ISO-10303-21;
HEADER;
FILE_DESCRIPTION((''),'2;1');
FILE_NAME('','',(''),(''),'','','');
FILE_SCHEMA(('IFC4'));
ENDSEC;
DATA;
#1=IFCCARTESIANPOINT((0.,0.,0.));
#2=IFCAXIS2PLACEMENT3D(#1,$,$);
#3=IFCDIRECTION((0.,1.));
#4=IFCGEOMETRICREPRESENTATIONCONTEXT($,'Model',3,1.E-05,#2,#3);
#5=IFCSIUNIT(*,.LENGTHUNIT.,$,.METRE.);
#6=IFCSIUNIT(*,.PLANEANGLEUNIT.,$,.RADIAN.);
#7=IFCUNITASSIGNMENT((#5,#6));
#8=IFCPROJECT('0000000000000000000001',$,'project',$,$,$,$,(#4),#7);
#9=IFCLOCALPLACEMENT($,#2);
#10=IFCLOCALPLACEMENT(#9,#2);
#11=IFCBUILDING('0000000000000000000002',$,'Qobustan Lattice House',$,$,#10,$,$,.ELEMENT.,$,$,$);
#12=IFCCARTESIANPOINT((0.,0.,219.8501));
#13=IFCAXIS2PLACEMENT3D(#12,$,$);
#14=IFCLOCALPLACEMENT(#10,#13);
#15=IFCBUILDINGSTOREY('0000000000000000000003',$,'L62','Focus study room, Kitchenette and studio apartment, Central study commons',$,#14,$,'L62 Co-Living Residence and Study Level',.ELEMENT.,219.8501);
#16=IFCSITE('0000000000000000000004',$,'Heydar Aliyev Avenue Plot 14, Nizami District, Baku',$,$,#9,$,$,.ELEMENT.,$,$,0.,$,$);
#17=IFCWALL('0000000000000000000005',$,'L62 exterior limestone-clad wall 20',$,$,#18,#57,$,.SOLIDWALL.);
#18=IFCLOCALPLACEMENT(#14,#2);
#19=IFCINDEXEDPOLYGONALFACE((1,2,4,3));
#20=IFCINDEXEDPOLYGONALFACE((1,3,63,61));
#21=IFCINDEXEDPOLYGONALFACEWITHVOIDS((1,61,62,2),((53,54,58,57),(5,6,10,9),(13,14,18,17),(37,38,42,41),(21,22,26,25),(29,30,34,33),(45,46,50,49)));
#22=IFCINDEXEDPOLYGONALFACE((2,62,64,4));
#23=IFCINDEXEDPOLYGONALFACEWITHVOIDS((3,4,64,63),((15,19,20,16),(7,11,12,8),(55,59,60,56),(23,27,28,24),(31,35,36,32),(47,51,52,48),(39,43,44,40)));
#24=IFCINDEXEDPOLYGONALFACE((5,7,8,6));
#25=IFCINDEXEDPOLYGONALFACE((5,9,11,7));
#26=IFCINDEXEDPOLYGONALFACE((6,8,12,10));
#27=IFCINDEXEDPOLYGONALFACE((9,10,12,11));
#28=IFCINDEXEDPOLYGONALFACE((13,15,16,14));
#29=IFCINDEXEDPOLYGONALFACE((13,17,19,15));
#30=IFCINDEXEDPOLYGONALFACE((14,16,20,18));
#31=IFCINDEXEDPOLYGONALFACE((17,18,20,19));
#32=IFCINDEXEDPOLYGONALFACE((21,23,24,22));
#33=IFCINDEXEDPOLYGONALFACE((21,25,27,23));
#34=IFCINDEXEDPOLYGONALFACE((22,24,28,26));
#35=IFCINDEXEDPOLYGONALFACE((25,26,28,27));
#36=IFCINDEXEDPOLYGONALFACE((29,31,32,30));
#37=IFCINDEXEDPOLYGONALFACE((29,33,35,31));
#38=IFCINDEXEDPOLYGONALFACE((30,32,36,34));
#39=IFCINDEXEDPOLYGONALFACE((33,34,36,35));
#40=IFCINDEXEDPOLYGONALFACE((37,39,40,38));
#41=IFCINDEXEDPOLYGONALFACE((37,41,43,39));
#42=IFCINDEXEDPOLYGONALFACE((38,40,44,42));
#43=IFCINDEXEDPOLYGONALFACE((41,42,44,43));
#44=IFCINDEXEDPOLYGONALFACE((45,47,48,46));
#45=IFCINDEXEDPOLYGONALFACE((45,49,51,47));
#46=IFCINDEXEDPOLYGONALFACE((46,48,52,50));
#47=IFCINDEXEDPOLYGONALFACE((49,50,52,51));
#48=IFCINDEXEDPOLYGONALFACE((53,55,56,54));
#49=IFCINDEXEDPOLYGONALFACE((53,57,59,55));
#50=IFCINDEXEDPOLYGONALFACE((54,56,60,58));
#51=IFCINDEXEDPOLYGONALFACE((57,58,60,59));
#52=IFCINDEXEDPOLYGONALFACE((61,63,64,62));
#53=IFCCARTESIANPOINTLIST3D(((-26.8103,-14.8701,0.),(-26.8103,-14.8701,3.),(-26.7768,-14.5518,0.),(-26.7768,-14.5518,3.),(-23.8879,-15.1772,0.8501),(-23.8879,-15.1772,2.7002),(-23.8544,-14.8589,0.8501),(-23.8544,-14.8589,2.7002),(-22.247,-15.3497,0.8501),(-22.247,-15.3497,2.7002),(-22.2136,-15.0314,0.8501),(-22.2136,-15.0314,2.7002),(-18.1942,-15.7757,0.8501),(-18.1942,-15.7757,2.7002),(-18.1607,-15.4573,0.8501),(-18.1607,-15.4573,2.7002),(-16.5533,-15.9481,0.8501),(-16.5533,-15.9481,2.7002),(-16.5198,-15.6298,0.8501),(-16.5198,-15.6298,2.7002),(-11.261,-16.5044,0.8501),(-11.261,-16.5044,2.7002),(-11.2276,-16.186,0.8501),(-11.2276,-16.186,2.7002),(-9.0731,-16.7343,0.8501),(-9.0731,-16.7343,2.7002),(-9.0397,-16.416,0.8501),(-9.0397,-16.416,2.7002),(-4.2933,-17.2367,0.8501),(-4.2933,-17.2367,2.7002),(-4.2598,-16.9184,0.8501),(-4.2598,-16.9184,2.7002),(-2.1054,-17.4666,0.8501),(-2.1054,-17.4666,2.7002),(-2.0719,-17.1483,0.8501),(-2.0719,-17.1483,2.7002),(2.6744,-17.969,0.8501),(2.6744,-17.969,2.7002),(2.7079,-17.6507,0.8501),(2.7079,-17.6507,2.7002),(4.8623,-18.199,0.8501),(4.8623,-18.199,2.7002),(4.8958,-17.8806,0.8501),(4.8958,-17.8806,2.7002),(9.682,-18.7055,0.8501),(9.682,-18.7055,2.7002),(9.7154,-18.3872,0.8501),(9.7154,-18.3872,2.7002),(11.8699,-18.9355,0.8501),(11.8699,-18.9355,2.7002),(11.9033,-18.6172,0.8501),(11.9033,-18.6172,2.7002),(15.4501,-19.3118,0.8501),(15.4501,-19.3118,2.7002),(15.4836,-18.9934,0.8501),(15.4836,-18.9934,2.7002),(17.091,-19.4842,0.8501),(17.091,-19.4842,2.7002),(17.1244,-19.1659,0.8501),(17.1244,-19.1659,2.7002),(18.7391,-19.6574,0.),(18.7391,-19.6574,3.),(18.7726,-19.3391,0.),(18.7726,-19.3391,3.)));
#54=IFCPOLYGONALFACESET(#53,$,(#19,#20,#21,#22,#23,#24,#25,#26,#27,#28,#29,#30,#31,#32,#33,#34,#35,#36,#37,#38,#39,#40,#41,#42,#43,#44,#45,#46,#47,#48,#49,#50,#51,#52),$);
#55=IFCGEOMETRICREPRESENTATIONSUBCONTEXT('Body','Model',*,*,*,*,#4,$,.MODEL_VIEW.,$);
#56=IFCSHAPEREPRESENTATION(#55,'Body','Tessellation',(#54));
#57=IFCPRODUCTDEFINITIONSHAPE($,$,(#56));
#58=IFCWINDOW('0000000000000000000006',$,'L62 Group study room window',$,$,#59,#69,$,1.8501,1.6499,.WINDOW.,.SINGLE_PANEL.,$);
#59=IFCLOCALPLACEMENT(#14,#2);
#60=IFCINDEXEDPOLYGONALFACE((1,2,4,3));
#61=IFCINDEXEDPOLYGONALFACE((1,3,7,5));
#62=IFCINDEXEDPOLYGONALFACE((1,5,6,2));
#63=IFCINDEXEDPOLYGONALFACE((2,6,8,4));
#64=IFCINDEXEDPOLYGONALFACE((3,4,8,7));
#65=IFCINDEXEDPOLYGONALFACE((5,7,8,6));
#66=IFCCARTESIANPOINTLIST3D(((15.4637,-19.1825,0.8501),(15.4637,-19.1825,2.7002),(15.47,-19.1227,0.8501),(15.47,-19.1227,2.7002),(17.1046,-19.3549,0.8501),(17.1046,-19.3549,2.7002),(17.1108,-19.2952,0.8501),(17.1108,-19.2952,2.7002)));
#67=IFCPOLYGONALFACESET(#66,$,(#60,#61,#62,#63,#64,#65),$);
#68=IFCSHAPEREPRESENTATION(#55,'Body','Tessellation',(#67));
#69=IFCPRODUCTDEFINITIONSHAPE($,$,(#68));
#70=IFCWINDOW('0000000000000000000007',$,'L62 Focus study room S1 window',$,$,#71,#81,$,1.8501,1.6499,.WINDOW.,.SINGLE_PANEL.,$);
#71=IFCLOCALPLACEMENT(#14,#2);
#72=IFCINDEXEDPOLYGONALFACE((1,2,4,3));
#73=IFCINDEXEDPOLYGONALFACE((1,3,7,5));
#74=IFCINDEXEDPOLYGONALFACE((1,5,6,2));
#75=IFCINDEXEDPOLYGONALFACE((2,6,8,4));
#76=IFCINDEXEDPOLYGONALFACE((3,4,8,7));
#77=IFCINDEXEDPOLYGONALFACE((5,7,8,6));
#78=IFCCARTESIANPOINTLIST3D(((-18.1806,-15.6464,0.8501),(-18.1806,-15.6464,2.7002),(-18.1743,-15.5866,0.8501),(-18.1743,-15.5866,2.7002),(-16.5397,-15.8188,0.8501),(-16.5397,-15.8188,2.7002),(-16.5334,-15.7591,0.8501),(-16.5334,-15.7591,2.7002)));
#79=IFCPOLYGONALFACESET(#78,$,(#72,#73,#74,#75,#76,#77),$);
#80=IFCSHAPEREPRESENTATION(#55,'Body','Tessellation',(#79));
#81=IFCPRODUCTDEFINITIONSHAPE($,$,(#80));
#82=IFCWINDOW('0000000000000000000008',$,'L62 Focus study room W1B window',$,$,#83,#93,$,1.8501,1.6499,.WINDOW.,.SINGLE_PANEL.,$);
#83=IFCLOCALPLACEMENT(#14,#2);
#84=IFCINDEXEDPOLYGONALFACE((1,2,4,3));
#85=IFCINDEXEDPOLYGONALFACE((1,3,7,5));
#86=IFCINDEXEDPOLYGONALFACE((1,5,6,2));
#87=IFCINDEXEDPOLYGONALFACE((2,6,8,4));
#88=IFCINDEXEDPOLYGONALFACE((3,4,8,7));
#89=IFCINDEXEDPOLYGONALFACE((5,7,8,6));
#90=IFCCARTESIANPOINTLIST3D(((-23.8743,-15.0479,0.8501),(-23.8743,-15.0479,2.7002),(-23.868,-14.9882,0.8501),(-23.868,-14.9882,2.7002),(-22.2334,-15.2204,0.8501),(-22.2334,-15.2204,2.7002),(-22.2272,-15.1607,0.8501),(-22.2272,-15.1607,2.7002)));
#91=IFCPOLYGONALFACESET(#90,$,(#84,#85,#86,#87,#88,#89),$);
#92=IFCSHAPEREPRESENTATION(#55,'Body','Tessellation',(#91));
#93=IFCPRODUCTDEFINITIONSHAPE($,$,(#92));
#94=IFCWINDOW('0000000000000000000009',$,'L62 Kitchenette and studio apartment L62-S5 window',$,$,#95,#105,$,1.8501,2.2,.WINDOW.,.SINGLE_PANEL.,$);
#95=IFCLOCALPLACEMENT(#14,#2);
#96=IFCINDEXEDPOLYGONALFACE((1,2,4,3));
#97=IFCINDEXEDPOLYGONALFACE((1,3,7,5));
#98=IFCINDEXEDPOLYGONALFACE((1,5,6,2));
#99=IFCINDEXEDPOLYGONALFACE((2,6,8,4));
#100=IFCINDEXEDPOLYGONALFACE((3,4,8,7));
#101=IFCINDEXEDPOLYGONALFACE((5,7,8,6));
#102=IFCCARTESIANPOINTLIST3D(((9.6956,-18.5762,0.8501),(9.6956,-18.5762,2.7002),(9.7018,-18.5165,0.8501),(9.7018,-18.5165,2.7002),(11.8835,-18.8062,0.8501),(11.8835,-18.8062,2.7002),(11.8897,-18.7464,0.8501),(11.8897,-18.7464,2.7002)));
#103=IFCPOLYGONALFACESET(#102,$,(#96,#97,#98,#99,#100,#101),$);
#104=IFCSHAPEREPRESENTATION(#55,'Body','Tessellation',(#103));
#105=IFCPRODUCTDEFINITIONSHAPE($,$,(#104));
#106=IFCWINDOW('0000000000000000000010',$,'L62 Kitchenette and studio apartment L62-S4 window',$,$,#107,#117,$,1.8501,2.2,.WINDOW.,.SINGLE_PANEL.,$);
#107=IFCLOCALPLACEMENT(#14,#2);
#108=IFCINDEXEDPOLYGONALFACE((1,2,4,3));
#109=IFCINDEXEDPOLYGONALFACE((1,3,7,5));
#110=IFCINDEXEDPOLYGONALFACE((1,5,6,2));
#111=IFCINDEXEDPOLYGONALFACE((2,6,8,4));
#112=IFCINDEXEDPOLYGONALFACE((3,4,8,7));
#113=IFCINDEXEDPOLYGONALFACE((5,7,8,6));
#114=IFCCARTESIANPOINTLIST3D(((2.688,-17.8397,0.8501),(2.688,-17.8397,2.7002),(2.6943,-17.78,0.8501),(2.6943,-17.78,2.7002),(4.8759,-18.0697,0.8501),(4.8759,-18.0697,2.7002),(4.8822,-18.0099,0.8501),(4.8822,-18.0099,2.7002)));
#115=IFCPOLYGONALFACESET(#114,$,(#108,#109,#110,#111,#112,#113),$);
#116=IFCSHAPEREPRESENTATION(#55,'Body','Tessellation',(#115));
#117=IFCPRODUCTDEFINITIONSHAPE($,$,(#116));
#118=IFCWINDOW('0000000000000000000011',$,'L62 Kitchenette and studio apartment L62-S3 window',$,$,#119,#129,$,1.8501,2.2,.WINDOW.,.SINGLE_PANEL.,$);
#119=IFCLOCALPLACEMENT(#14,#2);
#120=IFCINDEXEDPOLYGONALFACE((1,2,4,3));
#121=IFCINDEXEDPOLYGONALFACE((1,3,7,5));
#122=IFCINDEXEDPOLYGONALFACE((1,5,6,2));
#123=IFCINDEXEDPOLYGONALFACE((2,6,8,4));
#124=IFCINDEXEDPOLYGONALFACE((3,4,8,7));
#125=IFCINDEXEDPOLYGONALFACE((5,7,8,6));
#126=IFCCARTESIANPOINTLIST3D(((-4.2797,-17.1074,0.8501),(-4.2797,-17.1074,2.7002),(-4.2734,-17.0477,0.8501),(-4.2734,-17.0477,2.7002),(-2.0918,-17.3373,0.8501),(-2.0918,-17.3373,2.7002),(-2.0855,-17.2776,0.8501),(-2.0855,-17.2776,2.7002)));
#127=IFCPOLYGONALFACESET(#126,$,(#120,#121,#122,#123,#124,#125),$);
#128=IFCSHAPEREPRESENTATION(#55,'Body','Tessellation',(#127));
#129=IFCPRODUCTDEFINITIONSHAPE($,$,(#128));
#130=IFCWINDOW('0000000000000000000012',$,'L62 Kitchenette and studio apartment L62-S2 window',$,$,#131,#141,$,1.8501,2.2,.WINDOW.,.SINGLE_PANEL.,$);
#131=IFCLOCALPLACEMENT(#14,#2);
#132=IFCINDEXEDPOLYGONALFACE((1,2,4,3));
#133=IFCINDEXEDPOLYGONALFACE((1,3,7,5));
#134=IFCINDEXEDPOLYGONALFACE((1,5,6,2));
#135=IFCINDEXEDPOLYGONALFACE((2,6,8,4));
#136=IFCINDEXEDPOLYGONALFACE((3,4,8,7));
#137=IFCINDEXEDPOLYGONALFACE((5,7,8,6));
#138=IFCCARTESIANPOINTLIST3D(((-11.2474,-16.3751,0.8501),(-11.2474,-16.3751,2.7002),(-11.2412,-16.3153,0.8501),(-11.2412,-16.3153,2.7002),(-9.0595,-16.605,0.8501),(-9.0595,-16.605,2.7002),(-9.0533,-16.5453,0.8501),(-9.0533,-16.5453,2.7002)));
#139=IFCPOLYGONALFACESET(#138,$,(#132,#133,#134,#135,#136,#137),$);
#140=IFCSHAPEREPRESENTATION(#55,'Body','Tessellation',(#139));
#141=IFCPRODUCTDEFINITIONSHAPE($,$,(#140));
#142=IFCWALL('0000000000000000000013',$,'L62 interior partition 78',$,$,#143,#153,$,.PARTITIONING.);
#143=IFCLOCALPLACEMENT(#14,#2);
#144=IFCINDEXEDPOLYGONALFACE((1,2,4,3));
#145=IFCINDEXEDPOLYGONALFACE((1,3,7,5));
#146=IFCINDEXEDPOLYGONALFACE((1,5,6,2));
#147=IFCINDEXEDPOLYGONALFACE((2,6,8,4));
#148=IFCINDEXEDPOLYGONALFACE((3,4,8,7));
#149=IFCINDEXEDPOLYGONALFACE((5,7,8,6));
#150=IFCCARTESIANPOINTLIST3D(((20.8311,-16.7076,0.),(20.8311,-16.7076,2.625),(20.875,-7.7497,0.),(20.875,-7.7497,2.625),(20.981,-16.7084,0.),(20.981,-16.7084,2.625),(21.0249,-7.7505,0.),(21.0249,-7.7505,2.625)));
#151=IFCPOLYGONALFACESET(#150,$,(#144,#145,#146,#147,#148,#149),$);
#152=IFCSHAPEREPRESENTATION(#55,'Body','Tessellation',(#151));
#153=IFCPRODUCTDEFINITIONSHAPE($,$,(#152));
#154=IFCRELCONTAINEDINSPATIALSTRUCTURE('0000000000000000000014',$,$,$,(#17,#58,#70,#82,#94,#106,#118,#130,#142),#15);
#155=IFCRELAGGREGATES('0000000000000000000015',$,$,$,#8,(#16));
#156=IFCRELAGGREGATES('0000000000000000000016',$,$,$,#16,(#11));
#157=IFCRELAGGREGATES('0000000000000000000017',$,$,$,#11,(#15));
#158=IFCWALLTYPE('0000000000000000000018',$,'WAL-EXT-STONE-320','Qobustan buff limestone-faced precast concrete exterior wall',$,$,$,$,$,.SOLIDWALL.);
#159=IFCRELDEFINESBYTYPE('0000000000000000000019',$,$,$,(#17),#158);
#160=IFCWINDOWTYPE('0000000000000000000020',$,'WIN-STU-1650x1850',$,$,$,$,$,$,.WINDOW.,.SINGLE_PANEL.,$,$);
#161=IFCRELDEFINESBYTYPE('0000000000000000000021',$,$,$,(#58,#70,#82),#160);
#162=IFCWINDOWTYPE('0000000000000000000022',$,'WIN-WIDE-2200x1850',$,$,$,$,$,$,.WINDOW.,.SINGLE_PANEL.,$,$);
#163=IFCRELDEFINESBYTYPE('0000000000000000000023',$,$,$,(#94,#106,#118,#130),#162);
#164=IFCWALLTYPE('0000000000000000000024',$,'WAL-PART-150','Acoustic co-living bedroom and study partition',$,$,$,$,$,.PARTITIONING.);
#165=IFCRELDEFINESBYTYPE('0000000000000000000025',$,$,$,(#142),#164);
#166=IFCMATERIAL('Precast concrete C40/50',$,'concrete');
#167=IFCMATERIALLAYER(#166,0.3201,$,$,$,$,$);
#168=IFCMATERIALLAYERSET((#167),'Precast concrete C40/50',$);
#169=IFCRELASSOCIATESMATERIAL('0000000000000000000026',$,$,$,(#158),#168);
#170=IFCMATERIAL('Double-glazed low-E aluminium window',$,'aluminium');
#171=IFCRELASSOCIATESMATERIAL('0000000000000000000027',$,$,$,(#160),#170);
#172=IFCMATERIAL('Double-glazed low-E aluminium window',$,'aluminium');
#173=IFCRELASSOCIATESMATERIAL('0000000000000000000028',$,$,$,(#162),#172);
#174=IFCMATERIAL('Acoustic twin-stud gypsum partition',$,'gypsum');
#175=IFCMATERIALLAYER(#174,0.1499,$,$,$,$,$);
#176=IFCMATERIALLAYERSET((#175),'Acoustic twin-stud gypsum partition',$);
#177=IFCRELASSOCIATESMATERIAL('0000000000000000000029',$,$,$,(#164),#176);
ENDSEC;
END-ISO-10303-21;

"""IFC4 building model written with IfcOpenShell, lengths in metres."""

from ifc_helpers import new_model, si_unit, direction, frame, frame_2d, origin, place, context, subcontext, project, spatial, rectangle, extrude, material, layer, layer_set, type_object, element, fill, save


model = new_model("IFC4")

# Units and contexts
model_context = context("Model", 3, precision=1e-05, world=origin(), true_north=direction((0.0, 1.0)))
body_context = subcontext(model_context, "Body", "Model", "MODEL_VIEW")
ifc_project = project(units=[si_unit("LENGTHUNIT", "METRE"), si_unit("PLANEANGLEUNIT", "RADIAN")], contexts=[model_context])

# Site, building, storey
site_placement = place(None, origin())
site = spatial("IfcSite", under=ifc_project, at=site_placement, Name="Heydar Aliyev Avenue Plot 14, Nizami District, Baku", CompositionType="ELEMENT", RefElevation=0.0)
building_placement = place(site_placement, origin())
building = spatial("IfcBuilding", under=site, at=building_placement, Name="Qobustan Lattice House", CompositionType="ELEMENT")
storey_placement = place(building_placement, frame((0.0, 0.0, 219.8501)))
storey = spatial("IfcBuildingStorey", under=building, at=storey_placement, Name="L62", Description="Focus study room, Kitchenette and studio apartment, Central study commons", LongName="L62 Co-Living Residence and Study Level", CompositionType="ELEMENT", Elevation=219.8501)

# Shared definitions
ifc_material_1 = material(Name="Precast concrete C40/50", Category="concrete")
ifc_layer_1 = layer(ifc_material_1, 0.3201)
ifc_layer_set_1 = layer_set([ifc_layer_1], Name="Precast concrete C40/50")
wall_type_1 = type_object("IfcWallType", Name="WAL-EXT-STONE-320", Description="Qobustan buff limestone-faced precast concrete exterior wall", PredefinedType="SOLIDWALL", material=ifc_layer_set_1)

# Wall, openings, windows
wall_1_placement = place(storey_placement, frame((18.7559, -19.4983, 0.0), z_axis=(0.0, 0.0, 1.0), x_axis=(-0.994522, 0.104527, 0.0)))
wall_1 = element("IfcWall", 1, at=wall_1_placement, inside=storey, type_object=wall_type_1, Name="L62 exterior limestone-clad wall 20", PredefinedType="SOLIDWALL", context=body_context, shape_type="SweptSolid", body=[
    extrude(rectangle(XDim=45.8003, YDim=0.3201, at=frame_2d((22.9001, 0.0))), origin(), (0.0, 0.0, 1.0), 3.0),
])
opening_1_placement = place(wall_1_placement, frame((1.6572, 0.0, 0.8501)))
opening_1 = element("IfcOpeningElement", 2, at=opening_1_placement, cuts=wall_1, PredefinedType="OPENING", context=body_context, shape_type="SweptSolid", body=[
    extrude(rectangle(XDim=1.6499, YDim=1.8501, at=frame_2d((0.825, 0.925))), frame((0.0, 0.1699, 0.0), z_axis=(0.0, -1.0, 0.0), x_axis=(1.0, 0.0, 0.0)), (0.0, 0.0, 1.0), 0.3401),
])
opening_2_placement = place(wall_1_placement, frame((6.907, 0.0, 0.8501)))
opening_2 = element("IfcOpeningElement", 3, at=opening_2_placement, cuts=wall_1, PredefinedType="OPENING", context=body_context, shape_type="SweptSolid", body=[
    extrude(rectangle(XDim=2.2, YDim=1.8501, at=frame_2d((1.1001, 0.925))), frame((0.0, 0.1699, 0.0), z_axis=(0.0, -1.0, 0.0), x_axis=(1.0, 0.0, 0.0)), (0.0, 0.0, 1.0), 0.3401),
])
opening_3_placement = place(wall_1_placement, frame((13.9531, 0.0, 0.8501)))
opening_3 = element("IfcOpeningElement", 4, at=opening_3_placement, cuts=wall_1, PredefinedType="OPENING", context=body_context, shape_type="SweptSolid", body=[
    extrude(rectangle(XDim=2.2, YDim=1.8501, at=frame_2d((1.1001, 0.925))), frame((0.0, 0.1699, 0.0), z_axis=(0.0, -1.0, 0.0), x_axis=(1.0, 0.0, 0.0)), (0.0, 0.0, 1.0), 0.3401),
])
opening_4_placement = place(wall_1_placement, frame((20.9592, 0.0, 0.8501)))
opening_4 = element("IfcOpeningElement", 5, at=opening_4_placement, cuts=wall_1, PredefinedType="OPENING", context=body_context, shape_type="SweptSolid", body=[
    extrude(rectangle(XDim=2.2, YDim=1.8501, at=frame_2d((1.1001, 0.925))), frame((0.0, 0.1699, 0.0), z_axis=(0.0, -1.0, 0.0), x_axis=(1.0, 0.0, 0.0)), (0.0, 0.0, 1.0), 0.3401),
])
opening_5_placement = place(wall_1_placement, frame((27.9653, 0.0, 0.8501)))
opening_5 = element("IfcOpeningElement", 6, at=opening_5_placement, cuts=wall_1, PredefinedType="OPENING", context=body_context, shape_type="SweptSolid", body=[
    extrude(rectangle(XDim=2.2, YDim=1.8501, at=frame_2d((1.1001, 0.925))), frame((0.0, 0.1699, 0.0), z_axis=(0.0, -1.0, 0.0), x_axis=(1.0, 0.0, 0.0)), (0.0, 0.0, 1.0), 0.3401),
])
opening_6_placement = place(wall_1_placement, frame((35.4868, 0.0, 0.8501)))
opening_6 = element("IfcOpeningElement", 7, at=opening_6_placement, cuts=wall_1, PredefinedType="OPENING", context=body_context, shape_type="SweptSolid", body=[
    extrude(rectangle(XDim=1.6499, YDim=1.8501, at=frame_2d((0.825, 0.925))), frame((0.0, 0.1699, 0.0), z_axis=(0.0, -1.0, 0.0), x_axis=(1.0, 0.0, 0.0)), (0.0, 0.0, 1.0), 0.3401),
])
opening_7_placement = place(wall_1_placement, frame((41.2119, 0.0, 0.8501)))
opening_7 = element("IfcOpeningElement", 8, at=opening_7_placement, cuts=wall_1, PredefinedType="OPENING", context=body_context, shape_type="SweptSolid", body=[
    extrude(rectangle(XDim=1.6499, YDim=1.8501, at=frame_2d((0.825, 0.925))), frame((0.0, 0.1699, 0.0), z_axis=(0.0, -1.0, 0.0), x_axis=(1.0, 0.0, 0.0)), (0.0, 0.0, 1.0), 0.3401),
])
ifc_material_2 = material(Name="Double-glazed low-E aluminium window", Category="aluminium")
window_type_1 = type_object("IfcWindowType", Name="WIN-STU-1650x1850", PartitioningType="SINGLE_PANEL", PredefinedType="WINDOW", material=ifc_material_2)
window_1_placement = place(opening_1_placement, origin())
window_1 = element("IfcWindow", 9, at=window_1_placement, inside=storey, type_object=window_type_1, Name="L62 Group study room window", OverallHeight=1.8501, OverallWidth=1.6499, PartitioningType="SINGLE_PANEL", PredefinedType="WINDOW", context=body_context, shape_type="SweptSolid", body=[
    extrude(rectangle(XDim=1.6499, YDim=1.8501, at=frame_2d((0.825, 0.925))), frame((0.0, 0.03, 0.0), z_axis=(0.0, -1.0, 0.0), x_axis=(1.0, 0.0, 0.0)), (0.0, 0.0, 1.0), 0.0601),
])
fill(opening_1, window_1)
window_2_placement = place(opening_6_placement, origin())
window_2 = element("IfcWindow", 10, at=window_2_placement, inside=storey, type_object=window_type_1, Name="L62 Focus study room S1 window", OverallHeight=1.8501, OverallWidth=1.6499, PartitioningType="SINGLE_PANEL", PredefinedType="WINDOW", context=body_context, shape_type="SweptSolid", body=[
    extrude(rectangle(XDim=1.6499, YDim=1.8501, at=frame_2d((0.825, 0.925))), frame((0.0, 0.03, 0.0), z_axis=(0.0, -1.0, 0.0), x_axis=(1.0, 0.0, 0.0)), (0.0, 0.0, 1.0), 0.0601),
])
fill(opening_6, window_2)
window_3_placement = place(opening_7_placement, origin())
window_3 = element("IfcWindow", 11, at=window_3_placement, inside=storey, type_object=window_type_1, Name="L62 Focus study room W1B window", OverallHeight=1.8501, OverallWidth=1.6499, PartitioningType="SINGLE_PANEL", PredefinedType="WINDOW", context=body_context, shape_type="SweptSolid", body=[
    extrude(rectangle(XDim=1.6499, YDim=1.8501, at=frame_2d((0.825, 0.925))), frame((0.0, 0.03, 0.0), z_axis=(0.0, -1.0, 0.0), x_axis=(1.0, 0.0, 0.0)), (0.0, 0.0, 1.0), 0.0601),
])
fill(opening_7, window_3)
ifc_material_3 = material(Name="Double-glazed low-E aluminium window", Category="aluminium")
window_type_2 = type_object("IfcWindowType", Name="WIN-WIDE-2200x1850", PartitioningType="SINGLE_PANEL", PredefinedType="WINDOW", material=ifc_material_3)
window_4_placement = place(opening_2_placement, origin())
window_4 = element("IfcWindow", 12, at=window_4_placement, inside=storey, type_object=window_type_2, Name="L62 Kitchenette and studio apartment L62-S5 window", OverallHeight=1.8501, OverallWidth=2.2, PartitioningType="SINGLE_PANEL", PredefinedType="WINDOW", context=body_context, shape_type="SweptSolid", body=[
    extrude(rectangle(XDim=2.2, YDim=1.8501, at=frame_2d((1.1001, 0.925))), frame((0.0, 0.03, 0.0), z_axis=(0.0, -1.0, 0.0), x_axis=(1.0, 0.0, 0.0)), (0.0, 0.0, 1.0), 0.0601),
])
fill(opening_2, window_4)
window_5_placement = place(opening_3_placement, origin())
window_5 = element("IfcWindow", 13, at=window_5_placement, inside=storey, type_object=window_type_2, Name="L62 Kitchenette and studio apartment L62-S4 window", OverallHeight=1.8501, OverallWidth=2.2, PartitioningType="SINGLE_PANEL", PredefinedType="WINDOW", context=body_context, shape_type="SweptSolid", body=[
    extrude(rectangle(XDim=2.2, YDim=1.8501, at=frame_2d((1.1001, 0.925))), frame((0.0, 0.03, 0.0), z_axis=(0.0, -1.0, 0.0), x_axis=(1.0, 0.0, 0.0)), (0.0, 0.0, 1.0), 0.0601),
])
fill(opening_3, window_5)
window_6_placement = place(opening_4_placement, origin())
window_6 = element("IfcWindow", 14, at=window_6_placement, inside=storey, type_object=window_type_2, Name="L62 Kitchenette and studio apartment L62-S3 window", OverallHeight=1.8501, OverallWidth=2.2, PartitioningType="SINGLE_PANEL", PredefinedType="WINDOW", context=body_context, shape_type="SweptSolid", body=[
    extrude(rectangle(XDim=2.2, YDim=1.8501, at=frame_2d((1.1001, 0.925))), frame((0.0, 0.03, 0.0), z_axis=(0.0, -1.0, 0.0), x_axis=(1.0, 0.0, 0.0)), (0.0, 0.0, 1.0), 0.0601),
])
fill(opening_4, window_6)
window_7_placement = place(opening_5_placement, origin())
window_7 = element("IfcWindow", 15, at=window_7_placement, inside=storey, type_object=window_type_2, Name="L62 Kitchenette and studio apartment L62-S2 window", OverallHeight=1.8501, OverallWidth=2.2, PartitioningType="SINGLE_PANEL", PredefinedType="WINDOW", context=body_context, shape_type="SweptSolid", body=[
    extrude(rectangle(XDim=2.2, YDim=1.8501, at=frame_2d((1.1001, 0.925))), frame((0.0, 0.03, 0.0), z_axis=(0.0, -1.0, 0.0), x_axis=(1.0, 0.0, 0.0)), (0.0, 0.0, 1.0), 0.0601),
])
fill(opening_5, window_7)

# Wall
ifc_material_4 = material(Name="Acoustic twin-stud gypsum partition", Category="gypsum")
ifc_layer_2 = layer(ifc_material_4, 0.1499)
ifc_layer_set_2 = layer_set([ifc_layer_2], Name="Acoustic twin-stud gypsum partition")
wall_type_2 = type_object("IfcWallType", Name="WAL-PART-150", Description="Acoustic co-living bedroom and study partition", PredefinedType="PARTITIONING", material=ifc_layer_set_2)
wall_2_placement = place(storey_placement, frame((20.906, -16.708, 0.0), z_axis=(0.0, 0.0, 1.0), x_axis=(0.004906, 0.999988, 0.0)))
element("IfcWall", 16, at=wall_2_placement, inside=storey, type_object=wall_type_2, Name="L62 interior partition 78", PredefinedType="PARTITIONING", context=body_context, shape_type="SweptSolid", body=[
    extrude(rectangle(XDim=8.958, YDim=0.1499, at=frame_2d((4.479, 0.0))), origin(), (0.0, 0.0, 1.0), 2.625),
])

save(model, "model.ifc")
